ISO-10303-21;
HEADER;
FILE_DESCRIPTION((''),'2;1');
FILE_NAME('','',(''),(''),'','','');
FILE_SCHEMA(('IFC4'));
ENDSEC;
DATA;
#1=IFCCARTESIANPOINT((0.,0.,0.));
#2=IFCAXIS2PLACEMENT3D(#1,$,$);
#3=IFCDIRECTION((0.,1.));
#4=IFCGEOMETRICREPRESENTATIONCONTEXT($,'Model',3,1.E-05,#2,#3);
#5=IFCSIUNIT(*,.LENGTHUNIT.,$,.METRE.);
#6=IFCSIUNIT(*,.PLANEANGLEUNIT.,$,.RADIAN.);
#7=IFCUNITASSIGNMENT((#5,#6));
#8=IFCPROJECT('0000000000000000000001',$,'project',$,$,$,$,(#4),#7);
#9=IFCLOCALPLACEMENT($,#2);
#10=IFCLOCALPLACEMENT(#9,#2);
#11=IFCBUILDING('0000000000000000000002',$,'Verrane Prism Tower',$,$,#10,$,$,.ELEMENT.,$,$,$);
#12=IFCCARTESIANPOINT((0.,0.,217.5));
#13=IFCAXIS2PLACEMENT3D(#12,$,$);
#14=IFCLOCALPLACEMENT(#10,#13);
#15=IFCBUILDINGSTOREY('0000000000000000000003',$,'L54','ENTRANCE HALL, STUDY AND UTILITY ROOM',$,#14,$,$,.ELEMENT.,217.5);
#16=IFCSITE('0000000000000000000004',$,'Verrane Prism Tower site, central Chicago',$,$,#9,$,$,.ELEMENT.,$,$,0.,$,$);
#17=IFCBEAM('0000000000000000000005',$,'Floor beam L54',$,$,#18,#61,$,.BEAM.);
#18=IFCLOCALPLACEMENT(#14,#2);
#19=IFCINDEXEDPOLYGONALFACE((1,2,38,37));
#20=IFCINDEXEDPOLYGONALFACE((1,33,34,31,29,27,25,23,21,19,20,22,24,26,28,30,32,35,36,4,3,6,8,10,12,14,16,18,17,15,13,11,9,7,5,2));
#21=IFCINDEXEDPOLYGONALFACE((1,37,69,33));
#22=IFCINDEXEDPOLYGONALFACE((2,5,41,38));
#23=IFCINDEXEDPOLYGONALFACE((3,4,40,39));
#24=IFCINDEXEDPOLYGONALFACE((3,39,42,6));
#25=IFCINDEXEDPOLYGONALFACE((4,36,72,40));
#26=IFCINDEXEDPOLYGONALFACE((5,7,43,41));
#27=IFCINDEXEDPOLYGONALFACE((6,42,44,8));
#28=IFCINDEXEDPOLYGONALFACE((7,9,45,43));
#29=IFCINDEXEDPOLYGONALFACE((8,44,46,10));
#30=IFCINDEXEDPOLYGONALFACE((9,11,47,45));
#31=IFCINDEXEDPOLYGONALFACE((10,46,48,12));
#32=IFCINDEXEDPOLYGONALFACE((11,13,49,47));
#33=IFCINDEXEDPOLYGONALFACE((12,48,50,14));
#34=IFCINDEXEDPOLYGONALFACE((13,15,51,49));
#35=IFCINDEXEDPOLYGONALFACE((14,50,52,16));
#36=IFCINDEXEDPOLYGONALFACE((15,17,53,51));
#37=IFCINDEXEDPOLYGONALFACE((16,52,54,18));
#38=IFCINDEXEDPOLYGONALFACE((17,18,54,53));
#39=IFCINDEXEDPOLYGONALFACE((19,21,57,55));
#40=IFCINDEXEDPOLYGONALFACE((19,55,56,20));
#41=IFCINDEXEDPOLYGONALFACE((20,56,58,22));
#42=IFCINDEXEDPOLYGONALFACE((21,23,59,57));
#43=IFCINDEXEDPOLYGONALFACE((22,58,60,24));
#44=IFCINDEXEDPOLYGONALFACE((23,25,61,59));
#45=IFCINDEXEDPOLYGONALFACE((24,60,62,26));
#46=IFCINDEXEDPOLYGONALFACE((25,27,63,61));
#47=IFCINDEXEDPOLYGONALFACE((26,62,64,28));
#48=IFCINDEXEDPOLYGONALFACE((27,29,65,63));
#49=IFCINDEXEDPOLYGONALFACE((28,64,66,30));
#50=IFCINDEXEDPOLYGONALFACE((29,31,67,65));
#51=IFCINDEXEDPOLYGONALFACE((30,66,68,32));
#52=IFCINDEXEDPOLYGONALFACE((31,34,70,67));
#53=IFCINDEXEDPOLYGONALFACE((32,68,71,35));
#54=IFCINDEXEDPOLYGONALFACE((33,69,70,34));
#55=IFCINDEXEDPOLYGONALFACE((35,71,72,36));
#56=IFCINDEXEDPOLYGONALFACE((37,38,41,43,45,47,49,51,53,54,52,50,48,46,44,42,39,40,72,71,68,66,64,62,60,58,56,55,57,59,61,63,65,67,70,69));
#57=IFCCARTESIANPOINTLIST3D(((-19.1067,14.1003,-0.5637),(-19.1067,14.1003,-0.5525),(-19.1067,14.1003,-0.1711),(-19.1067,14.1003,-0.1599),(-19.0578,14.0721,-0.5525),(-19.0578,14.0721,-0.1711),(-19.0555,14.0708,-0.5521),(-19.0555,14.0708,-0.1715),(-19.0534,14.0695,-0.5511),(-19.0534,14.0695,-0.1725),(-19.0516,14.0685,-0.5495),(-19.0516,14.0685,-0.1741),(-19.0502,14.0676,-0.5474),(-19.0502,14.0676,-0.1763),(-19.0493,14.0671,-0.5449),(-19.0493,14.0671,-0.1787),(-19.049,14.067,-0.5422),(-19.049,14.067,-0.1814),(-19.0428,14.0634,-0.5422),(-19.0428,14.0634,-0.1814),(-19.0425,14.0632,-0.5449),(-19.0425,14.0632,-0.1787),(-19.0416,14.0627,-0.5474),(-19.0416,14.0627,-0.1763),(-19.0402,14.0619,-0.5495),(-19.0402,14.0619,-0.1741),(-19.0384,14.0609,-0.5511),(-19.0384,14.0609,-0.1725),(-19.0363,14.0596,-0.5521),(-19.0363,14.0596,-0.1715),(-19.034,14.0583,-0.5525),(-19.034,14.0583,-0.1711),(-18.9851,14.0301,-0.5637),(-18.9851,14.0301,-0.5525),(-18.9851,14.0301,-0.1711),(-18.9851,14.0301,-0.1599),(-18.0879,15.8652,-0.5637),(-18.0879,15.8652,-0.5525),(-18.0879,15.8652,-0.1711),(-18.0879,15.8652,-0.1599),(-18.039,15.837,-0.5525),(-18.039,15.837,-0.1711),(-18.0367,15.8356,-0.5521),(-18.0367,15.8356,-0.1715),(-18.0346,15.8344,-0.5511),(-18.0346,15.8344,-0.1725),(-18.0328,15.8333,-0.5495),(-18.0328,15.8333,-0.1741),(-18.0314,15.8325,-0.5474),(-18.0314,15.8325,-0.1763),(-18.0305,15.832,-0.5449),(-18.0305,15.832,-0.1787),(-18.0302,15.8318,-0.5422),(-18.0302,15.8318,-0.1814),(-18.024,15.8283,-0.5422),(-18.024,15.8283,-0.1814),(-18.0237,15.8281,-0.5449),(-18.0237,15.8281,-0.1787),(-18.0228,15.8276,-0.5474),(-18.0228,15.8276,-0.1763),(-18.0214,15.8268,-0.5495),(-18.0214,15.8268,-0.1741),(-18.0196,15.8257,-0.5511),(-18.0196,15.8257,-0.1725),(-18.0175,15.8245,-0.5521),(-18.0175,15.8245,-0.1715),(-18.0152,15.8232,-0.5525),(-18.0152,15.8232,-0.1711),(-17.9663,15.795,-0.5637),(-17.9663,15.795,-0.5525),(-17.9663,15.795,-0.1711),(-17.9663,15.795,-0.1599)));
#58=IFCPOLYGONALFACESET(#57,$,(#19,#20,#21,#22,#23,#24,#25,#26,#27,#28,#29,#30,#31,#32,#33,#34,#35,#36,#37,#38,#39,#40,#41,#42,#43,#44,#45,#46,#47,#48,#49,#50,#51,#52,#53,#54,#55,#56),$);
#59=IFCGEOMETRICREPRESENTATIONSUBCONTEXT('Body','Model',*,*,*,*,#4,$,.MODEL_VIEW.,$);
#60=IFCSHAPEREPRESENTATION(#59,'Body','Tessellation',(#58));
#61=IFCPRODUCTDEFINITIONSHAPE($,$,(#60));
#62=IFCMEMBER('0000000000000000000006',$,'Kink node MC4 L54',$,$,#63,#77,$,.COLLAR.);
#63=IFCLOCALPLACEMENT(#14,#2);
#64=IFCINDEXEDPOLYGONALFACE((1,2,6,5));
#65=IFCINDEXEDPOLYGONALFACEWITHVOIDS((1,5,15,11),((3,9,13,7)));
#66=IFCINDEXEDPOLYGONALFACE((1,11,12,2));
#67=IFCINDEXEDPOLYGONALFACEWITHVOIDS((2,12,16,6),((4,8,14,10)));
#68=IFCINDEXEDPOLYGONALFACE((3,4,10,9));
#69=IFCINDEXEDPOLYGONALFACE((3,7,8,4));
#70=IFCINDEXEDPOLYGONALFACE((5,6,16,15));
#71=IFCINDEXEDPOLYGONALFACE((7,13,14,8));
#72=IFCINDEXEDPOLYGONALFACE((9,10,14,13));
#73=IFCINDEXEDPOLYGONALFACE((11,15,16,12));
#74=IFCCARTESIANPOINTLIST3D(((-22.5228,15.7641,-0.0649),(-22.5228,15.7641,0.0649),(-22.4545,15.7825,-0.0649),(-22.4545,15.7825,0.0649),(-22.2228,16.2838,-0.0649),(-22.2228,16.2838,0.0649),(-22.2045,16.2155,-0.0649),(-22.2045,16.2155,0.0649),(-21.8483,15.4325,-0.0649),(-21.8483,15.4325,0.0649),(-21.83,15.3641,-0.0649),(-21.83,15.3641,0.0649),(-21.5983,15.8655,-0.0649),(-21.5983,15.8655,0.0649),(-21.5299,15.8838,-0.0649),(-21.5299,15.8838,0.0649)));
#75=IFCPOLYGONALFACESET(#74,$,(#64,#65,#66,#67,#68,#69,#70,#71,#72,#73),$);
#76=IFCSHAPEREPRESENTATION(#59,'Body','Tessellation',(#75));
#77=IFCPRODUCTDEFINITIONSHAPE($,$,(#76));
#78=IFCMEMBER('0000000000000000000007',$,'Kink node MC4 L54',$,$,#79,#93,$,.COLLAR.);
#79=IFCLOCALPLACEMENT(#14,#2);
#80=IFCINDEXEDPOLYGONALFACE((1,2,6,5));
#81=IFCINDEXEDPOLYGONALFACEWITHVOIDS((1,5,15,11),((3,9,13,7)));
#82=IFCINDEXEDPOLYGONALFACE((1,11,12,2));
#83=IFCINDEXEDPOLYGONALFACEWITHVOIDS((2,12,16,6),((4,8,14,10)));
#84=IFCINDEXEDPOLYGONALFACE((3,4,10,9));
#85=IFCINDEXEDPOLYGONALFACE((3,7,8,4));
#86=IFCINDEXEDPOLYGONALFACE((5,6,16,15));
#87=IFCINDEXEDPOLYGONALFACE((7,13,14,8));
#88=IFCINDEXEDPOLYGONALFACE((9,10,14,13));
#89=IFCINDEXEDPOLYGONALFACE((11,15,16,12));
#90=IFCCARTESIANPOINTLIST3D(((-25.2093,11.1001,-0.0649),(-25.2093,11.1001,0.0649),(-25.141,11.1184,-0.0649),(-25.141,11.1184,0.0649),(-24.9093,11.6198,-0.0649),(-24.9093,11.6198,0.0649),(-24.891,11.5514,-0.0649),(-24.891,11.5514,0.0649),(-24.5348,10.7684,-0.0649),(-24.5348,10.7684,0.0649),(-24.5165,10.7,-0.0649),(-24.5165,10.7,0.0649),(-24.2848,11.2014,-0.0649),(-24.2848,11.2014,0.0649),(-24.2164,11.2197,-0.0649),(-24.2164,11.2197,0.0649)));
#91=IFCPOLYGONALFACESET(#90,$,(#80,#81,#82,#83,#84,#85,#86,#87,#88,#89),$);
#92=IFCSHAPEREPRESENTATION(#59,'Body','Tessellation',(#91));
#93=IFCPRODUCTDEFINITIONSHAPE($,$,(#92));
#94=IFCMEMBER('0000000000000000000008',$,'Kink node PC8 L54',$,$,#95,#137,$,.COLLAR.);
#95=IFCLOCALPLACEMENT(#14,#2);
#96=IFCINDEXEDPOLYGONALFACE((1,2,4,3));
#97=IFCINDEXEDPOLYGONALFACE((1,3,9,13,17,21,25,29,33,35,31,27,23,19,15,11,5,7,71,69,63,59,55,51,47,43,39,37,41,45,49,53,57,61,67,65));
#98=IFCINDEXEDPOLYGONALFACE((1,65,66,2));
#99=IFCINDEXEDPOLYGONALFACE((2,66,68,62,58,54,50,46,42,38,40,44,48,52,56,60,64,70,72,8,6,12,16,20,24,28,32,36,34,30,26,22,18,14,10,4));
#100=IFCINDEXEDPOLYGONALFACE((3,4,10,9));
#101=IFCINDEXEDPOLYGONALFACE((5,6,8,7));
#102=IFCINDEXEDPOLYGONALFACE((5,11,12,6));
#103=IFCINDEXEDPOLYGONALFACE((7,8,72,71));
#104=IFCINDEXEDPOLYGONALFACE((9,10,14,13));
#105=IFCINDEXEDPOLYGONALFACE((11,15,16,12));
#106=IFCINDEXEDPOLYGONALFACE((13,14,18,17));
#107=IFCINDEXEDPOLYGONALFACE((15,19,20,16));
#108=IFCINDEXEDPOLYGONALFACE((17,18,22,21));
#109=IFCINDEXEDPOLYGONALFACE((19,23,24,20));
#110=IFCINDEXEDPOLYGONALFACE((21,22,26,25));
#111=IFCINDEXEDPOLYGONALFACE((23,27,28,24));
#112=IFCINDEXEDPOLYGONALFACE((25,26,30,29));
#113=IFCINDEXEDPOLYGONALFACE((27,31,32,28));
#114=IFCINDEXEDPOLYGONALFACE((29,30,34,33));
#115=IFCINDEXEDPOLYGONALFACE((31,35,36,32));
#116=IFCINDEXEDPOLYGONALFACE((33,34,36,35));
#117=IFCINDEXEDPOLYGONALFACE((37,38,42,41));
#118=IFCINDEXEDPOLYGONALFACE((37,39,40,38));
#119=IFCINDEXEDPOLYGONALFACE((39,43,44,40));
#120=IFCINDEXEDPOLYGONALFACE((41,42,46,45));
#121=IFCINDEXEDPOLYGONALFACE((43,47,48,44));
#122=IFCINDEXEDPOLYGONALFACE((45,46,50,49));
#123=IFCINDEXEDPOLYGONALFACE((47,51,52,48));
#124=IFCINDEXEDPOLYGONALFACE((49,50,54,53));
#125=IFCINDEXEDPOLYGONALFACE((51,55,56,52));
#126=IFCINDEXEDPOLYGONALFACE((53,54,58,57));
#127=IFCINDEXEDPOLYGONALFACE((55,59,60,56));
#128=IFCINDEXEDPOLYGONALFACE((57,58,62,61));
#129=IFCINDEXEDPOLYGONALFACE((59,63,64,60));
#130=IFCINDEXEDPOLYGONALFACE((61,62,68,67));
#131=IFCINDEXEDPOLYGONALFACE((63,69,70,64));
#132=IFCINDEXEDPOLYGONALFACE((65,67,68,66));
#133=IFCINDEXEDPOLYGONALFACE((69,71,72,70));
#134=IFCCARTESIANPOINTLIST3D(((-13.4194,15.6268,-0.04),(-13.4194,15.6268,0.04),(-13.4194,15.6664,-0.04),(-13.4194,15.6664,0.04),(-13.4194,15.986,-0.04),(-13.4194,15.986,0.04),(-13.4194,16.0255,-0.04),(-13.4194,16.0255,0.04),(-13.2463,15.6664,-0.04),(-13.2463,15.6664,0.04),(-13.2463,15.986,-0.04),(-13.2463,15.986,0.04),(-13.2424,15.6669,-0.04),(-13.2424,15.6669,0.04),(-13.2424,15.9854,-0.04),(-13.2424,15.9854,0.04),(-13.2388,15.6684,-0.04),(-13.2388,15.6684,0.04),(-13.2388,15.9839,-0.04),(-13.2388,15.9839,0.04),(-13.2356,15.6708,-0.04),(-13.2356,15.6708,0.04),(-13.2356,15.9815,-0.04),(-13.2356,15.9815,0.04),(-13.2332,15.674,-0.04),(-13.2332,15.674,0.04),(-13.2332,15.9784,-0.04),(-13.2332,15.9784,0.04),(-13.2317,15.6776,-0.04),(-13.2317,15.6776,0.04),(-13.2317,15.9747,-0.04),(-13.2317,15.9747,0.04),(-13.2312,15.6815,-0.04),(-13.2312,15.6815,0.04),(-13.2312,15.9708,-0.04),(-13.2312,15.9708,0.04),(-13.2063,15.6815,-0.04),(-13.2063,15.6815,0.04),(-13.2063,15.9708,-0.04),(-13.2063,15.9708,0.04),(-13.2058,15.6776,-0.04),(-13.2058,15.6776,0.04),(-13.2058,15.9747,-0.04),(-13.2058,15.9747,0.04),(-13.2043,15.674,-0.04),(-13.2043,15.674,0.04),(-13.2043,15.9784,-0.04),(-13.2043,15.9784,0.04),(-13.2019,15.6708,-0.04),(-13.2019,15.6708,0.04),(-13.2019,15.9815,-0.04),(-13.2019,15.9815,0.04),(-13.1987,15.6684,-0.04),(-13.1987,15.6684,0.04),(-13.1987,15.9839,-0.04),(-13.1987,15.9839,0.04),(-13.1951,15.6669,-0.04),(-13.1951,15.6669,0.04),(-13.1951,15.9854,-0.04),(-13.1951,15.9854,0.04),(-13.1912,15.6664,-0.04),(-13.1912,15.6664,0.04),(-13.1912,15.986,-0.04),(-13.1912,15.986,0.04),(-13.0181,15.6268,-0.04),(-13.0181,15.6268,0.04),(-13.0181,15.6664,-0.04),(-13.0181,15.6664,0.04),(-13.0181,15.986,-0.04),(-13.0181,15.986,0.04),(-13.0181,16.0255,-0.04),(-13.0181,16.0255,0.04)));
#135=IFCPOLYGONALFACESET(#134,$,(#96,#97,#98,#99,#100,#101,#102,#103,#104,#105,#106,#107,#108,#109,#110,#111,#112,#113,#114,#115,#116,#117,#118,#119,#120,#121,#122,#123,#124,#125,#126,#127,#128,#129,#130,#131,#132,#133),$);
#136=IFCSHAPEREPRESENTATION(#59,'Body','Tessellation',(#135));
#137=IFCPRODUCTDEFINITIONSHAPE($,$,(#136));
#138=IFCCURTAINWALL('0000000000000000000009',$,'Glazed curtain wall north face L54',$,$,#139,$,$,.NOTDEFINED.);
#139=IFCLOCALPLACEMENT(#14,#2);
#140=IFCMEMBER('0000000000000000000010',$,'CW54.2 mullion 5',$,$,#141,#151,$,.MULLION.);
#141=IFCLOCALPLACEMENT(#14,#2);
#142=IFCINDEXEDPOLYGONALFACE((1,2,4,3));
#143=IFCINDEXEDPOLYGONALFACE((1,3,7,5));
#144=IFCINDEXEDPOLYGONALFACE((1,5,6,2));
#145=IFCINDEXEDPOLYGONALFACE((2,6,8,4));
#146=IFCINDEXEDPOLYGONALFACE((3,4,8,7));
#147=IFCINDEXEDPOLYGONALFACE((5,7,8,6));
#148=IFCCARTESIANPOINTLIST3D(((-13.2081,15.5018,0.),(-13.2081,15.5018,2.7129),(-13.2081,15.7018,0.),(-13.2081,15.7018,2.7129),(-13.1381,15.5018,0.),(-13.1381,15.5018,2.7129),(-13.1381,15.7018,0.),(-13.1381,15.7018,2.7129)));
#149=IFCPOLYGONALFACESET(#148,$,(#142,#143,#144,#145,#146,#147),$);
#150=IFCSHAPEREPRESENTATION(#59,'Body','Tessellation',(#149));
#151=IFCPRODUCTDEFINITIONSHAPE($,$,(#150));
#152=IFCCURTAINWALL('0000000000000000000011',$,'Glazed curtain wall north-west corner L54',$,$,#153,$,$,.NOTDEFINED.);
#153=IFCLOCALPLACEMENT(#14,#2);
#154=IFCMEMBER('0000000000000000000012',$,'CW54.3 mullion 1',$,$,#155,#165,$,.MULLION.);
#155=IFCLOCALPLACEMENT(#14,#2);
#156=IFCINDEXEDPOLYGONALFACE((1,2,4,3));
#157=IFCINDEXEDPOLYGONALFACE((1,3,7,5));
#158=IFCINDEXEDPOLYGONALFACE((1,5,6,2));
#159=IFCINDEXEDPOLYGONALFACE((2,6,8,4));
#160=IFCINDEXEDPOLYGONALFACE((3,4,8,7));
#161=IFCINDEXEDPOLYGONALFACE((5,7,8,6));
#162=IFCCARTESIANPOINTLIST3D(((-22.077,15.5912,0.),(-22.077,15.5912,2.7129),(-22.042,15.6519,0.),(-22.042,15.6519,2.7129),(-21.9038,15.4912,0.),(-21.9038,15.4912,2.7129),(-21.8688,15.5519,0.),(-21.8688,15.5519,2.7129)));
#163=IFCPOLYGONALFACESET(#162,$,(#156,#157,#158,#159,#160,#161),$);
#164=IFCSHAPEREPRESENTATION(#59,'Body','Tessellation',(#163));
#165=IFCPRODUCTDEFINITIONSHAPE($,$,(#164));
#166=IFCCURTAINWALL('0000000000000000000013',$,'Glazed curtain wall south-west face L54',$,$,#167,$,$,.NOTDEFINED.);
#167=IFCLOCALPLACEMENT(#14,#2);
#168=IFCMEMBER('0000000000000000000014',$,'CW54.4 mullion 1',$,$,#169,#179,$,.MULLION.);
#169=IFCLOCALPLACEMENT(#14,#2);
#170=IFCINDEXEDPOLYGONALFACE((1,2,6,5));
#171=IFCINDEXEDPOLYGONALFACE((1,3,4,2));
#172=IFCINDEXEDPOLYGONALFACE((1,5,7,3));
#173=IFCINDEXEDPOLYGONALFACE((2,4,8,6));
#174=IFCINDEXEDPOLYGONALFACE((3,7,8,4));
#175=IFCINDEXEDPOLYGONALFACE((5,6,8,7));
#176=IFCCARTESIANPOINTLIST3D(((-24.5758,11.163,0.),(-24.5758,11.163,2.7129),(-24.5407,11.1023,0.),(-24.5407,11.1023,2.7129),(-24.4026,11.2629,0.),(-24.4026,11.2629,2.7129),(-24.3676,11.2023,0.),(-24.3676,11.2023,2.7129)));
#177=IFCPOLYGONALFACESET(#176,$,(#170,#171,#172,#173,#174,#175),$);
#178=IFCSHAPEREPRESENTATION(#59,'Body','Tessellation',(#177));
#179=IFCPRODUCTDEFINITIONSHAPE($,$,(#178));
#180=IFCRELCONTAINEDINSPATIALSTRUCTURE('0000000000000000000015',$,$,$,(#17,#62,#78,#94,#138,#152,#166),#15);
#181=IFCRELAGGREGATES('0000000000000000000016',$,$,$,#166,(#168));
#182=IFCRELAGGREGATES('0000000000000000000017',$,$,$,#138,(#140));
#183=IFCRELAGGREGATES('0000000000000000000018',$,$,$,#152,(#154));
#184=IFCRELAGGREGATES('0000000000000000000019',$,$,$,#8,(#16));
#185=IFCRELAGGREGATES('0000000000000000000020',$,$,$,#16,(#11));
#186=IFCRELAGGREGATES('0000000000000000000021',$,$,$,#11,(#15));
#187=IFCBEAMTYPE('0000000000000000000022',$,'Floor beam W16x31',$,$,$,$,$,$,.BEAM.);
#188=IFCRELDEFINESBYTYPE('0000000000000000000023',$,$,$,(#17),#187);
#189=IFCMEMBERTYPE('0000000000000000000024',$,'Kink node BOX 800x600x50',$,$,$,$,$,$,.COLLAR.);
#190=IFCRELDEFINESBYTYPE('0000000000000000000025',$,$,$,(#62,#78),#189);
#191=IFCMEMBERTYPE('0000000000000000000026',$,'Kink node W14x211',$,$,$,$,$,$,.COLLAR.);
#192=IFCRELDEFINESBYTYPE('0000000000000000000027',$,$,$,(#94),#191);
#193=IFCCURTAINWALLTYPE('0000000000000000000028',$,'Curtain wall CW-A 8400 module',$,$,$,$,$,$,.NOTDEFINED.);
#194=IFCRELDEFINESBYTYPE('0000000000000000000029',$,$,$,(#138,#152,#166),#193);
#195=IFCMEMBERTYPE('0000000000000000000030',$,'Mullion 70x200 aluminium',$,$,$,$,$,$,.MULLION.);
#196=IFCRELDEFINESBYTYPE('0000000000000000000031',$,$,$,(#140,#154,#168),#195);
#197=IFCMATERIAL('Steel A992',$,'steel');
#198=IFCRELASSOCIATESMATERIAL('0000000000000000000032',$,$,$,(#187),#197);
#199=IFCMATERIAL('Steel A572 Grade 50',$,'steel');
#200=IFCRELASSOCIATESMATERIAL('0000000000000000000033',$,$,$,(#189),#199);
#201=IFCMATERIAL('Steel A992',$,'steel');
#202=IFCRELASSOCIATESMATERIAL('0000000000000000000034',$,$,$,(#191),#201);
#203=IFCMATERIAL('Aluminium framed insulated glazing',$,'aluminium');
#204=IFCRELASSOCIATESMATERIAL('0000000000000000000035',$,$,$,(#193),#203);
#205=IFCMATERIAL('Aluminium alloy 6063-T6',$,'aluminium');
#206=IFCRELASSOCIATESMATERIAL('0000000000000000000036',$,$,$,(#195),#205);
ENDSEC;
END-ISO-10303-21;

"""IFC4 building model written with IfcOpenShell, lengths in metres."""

from ifc_helpers import new_model, si_unit, direction, frame, origin, origin_2d, place, context, subcontext, project, spatial, rectangle, hollow_rectangle, i_section, extrude, material, material_profile, profile_set, type_object, element, aggregate, save


model = new_model("IFC4")

# Units and contexts
model_context = context("Model", 3, precision=1e-05, world=origin(), true_north=direction((0.0, 1.0)))
body_context = subcontext(model_context, "Body", "Model", "MODEL_VIEW")
ifc_project = project(units=[si_unit("LENGTHUNIT", "METRE"), si_unit("PLANEANGLEUNIT", "RADIAN")], contexts=[model_context])

# Site, building, storey
site_placement = place(None, origin())
site = spatial("IfcSite", under=ifc_project, at=site_placement, Name="Verrane Prism Tower site, central Chicago", CompositionType="ELEMENT", RefElevation=0.0)
building_placement = place(site_placement, origin())
building = spatial("IfcBuilding", under=site, at=building_placement, Name="Verrane Prism Tower", CompositionType="ELEMENT")
storey_placement = place(building_placement, frame((0.0, 0.0, 217.5)))
storey = spatial("IfcBuildingStorey", under=building, at=storey_placement, Name="L54", Description="ENTRANCE HALL, STUDY AND UTILITY ROOM", CompositionType="ELEMENT", Elevation=217.5)

# Beam
ifc_material_1 = material(Name="Steel A992", Category="steel")
ifc_material_profile_1 = material_profile(ifc_material_1, i_section(OverallWidth=0.1404, OverallDepth=0.4038, WebThickness=0.0071, FlangeThickness=0.0112, FilletRadius=0.0103, at=origin_2d()), Name="W16x31")
ifc_profile_set_1 = profile_set([ifc_material_profile_1], Name="Steel A992")
beam_type_1 = type_object("IfcBeamType", Name="Floor beam W16x31", PredefinedType="BEAM", material=ifc_profile_set_1)
beam_1_placement = place(storey_placement, frame((-19.0459, 14.0652, -0.3618), z_axis=(0.49994, 0.86606, 0.0), x_axis=(-0.86606, 0.49994, 0.0)))
element("IfcBeam", 1, at=beam_1_placement, inside=storey, type_object=beam_type_1, Name="Floor beam L54", PredefinedType="BEAM", context=body_context, shape_type="SweptSolid", body=[
    extrude(i_section(OverallWidth=0.1404, OverallDepth=0.4038, WebThickness=0.0071, FlangeThickness=0.0112, FilletRadius=0.0103, at=origin_2d()), origin(), (0.0, 0.0, 1.0), 2.0378),
])

# Members
ifc_material_2 = material(Name="Steel A572 Grade 50", Category="steel")
ifc_material_profile_2 = material_profile(ifc_material_2, hollow_rectangle(XDim=0.6001, YDim=0.8, WallThickness=0.05, at=origin_2d()), Name="BOX 800x600x50")
ifc_profile_set_2 = profile_set([ifc_material_profile_2], Name="Steel A572 Grade 50")
member_type_1 = type_object("IfcMemberType", Name="Kink node BOX 800x600x50", PredefinedType="COLLAR", material=ifc_profile_set_2)
for number, where, z_axis, x_axis, name in (
    (2, (-22.0264, 15.824, -0.0649), (0.0, 0.0, 1.0), (0.5, 0.866025, 0.0), "Kink node MC4 L54"),
    (3, (-24.7129, 11.1599, -0.0649), (0.0, 0.0, 1.0), (0.5, 0.866025, 0.0), "Kink node MC4 L54"),
):
    element("IfcMember", number, at=place(storey_placement, frame(where, z_axis=z_axis, x_axis=x_axis)), inside=storey, type_object=member_type_1, Name=name, PredefinedType="COLLAR", context=body_context, shape_type="SweptSolid", body=[
        extrude(hollow_rectangle(XDim=0.6001, YDim=0.8, WallThickness=0.05, at=origin_2d()), origin(), (0.0, 0.0, 1.0), 0.1299),
    ])
ifc_material_3 = material(Name="Steel A992", Category="steel")
ifc_material_profile_3 = material_profile(ifc_material_3, i_section(OverallWidth=0.4014, OverallDepth=0.3987, WebThickness=0.0249, FlangeThickness=0.0396, FilletRadius=0.0151, at=origin_2d()), Name="W14x211")
ifc_profile_set_3 = profile_set([ifc_material_profile_3], Name="Steel A992")
member_type_2 = type_object("IfcMemberType", Name="Kink node W14x211", PredefinedType="COLLAR", material=ifc_profile_set_3)
member_1_placement = place(storey_placement, frame((-13.2188, 15.8262, -0.04), z_axis=(0.0, 0.0, 1.0), x_axis=(1.0, 0.0, 0.0)))
element("IfcMember", 4, at=member_1_placement, inside=storey, type_object=member_type_2, Name="Kink node PC8 L54", PredefinedType="COLLAR", context=body_context, shape_type="SweptSolid", body=[
    extrude(i_section(OverallWidth=0.4014, OverallDepth=0.3987, WebThickness=0.0249, FlangeThickness=0.0396, FilletRadius=0.0151, at=origin_2d()), origin(), (0.0, 0.0, 1.0), 0.0801),
])

# Curtain walls, members
ifc_material_4 = material(Name="Aluminium framed insulated glazing", Category="aluminium")
curtain_wall_type = type_object("IfcCurtainWallType", Name="Curtain wall CW-A 8400 module", PredefinedType="NOTDEFINED", material=ifc_material_4)
curtain_wall_1_placement = place(storey_placement, origin())
curtain_wall_1 = element("IfcCurtainWall", 5, at=curtain_wall_1_placement, inside=storey, type_object=curtain_wall_type, Name="Glazed curtain wall north face L54", PredefinedType="NOTDEFINED")
ifc_material_5 = material(Name="Aluminium alloy 6063-T6", Category="aluminium")
ifc_material_profile_4 = material_profile(ifc_material_5, rectangle(XDim=0.2, YDim=0.0701, at=origin_2d()), Name="Mullion 70x200 aluminium")
ifc_profile_set_4 = profile_set([ifc_material_profile_4], Name="Aluminium alloy 6063-T6")
member_type_3 = type_object("IfcMemberType", Name="Mullion 70x200 aluminium", PredefinedType="MULLION", material=ifc_profile_set_4)
member_2_placement = place(storey_placement, frame((-13.1731, 15.6018, 0.0), z_axis=(0.0, 0.0, 1.0), x_axis=(0.0, -1.0, 0.0)))
member_2 = element("IfcMember", 6, at=member_2_placement, type_object=member_type_3, Name="CW54.2 mullion 5", PredefinedType="MULLION", context=body_context, shape_type="SweptSolid", body=[
    extrude(rectangle(XDim=0.2, YDim=0.0701, at=origin_2d()), origin(), (0.0, 0.0, 1.0), 2.7129),
])
curtain_wall_2_placement = place(storey_placement, origin())
curtain_wall_2 = element("IfcCurtainWall", 7, at=curtain_wall_2_placement, inside=storey, type_object=curtain_wall_type, Name="Glazed curtain wall north-west corner L54", PredefinedType="NOTDEFINED")
member_3_placement = place(storey_placement, frame((-21.9729, 15.5715, 0.0), z_axis=(0.0, 0.0, 1.0), x_axis=(0.866028, -0.499995, 0.0)))
member_3 = element("IfcMember", 8, at=member_3_placement, type_object=member_type_3, Name="CW54.3 mullion 1", PredefinedType="MULLION", context=body_context, shape_type="SweptSolid", body=[
    extrude(rectangle(XDim=0.2, YDim=0.0701, at=origin_2d()), origin(), (0.0, 0.0, 1.0), 2.7129),
])
curtain_wall_3_placement = place(storey_placement, origin())
curtain_wall_3 = element("IfcCurtainWall", 9, at=curtain_wall_3_placement, inside=storey, type_object=curtain_wall_type, Name="Glazed curtain wall south-west face L54", PredefinedType="NOTDEFINED")
member_4_placement = place(storey_placement, frame((-24.4717, 11.1826, 0.0), z_axis=(0.0, 0.0, 1.0), x_axis=(0.866025, 0.500001, 0.0)))
member_4 = element("IfcMember", 10, at=member_4_placement, type_object=member_type_3, Name="CW54.4 mullion 1", PredefinedType="MULLION", context=body_context, shape_type="SweptSolid", body=[
    extrude(rectangle(XDim=0.2, YDim=0.0701, at=origin_2d()), origin(), (0.0, 0.0, 1.0), 2.7129),
])
aggregate(curtain_wall_3, [member_4])

aggregate(curtain_wall_1, [member_2])
aggregate(curtain_wall_2, [member_3])

save(model, "model.ifc")
